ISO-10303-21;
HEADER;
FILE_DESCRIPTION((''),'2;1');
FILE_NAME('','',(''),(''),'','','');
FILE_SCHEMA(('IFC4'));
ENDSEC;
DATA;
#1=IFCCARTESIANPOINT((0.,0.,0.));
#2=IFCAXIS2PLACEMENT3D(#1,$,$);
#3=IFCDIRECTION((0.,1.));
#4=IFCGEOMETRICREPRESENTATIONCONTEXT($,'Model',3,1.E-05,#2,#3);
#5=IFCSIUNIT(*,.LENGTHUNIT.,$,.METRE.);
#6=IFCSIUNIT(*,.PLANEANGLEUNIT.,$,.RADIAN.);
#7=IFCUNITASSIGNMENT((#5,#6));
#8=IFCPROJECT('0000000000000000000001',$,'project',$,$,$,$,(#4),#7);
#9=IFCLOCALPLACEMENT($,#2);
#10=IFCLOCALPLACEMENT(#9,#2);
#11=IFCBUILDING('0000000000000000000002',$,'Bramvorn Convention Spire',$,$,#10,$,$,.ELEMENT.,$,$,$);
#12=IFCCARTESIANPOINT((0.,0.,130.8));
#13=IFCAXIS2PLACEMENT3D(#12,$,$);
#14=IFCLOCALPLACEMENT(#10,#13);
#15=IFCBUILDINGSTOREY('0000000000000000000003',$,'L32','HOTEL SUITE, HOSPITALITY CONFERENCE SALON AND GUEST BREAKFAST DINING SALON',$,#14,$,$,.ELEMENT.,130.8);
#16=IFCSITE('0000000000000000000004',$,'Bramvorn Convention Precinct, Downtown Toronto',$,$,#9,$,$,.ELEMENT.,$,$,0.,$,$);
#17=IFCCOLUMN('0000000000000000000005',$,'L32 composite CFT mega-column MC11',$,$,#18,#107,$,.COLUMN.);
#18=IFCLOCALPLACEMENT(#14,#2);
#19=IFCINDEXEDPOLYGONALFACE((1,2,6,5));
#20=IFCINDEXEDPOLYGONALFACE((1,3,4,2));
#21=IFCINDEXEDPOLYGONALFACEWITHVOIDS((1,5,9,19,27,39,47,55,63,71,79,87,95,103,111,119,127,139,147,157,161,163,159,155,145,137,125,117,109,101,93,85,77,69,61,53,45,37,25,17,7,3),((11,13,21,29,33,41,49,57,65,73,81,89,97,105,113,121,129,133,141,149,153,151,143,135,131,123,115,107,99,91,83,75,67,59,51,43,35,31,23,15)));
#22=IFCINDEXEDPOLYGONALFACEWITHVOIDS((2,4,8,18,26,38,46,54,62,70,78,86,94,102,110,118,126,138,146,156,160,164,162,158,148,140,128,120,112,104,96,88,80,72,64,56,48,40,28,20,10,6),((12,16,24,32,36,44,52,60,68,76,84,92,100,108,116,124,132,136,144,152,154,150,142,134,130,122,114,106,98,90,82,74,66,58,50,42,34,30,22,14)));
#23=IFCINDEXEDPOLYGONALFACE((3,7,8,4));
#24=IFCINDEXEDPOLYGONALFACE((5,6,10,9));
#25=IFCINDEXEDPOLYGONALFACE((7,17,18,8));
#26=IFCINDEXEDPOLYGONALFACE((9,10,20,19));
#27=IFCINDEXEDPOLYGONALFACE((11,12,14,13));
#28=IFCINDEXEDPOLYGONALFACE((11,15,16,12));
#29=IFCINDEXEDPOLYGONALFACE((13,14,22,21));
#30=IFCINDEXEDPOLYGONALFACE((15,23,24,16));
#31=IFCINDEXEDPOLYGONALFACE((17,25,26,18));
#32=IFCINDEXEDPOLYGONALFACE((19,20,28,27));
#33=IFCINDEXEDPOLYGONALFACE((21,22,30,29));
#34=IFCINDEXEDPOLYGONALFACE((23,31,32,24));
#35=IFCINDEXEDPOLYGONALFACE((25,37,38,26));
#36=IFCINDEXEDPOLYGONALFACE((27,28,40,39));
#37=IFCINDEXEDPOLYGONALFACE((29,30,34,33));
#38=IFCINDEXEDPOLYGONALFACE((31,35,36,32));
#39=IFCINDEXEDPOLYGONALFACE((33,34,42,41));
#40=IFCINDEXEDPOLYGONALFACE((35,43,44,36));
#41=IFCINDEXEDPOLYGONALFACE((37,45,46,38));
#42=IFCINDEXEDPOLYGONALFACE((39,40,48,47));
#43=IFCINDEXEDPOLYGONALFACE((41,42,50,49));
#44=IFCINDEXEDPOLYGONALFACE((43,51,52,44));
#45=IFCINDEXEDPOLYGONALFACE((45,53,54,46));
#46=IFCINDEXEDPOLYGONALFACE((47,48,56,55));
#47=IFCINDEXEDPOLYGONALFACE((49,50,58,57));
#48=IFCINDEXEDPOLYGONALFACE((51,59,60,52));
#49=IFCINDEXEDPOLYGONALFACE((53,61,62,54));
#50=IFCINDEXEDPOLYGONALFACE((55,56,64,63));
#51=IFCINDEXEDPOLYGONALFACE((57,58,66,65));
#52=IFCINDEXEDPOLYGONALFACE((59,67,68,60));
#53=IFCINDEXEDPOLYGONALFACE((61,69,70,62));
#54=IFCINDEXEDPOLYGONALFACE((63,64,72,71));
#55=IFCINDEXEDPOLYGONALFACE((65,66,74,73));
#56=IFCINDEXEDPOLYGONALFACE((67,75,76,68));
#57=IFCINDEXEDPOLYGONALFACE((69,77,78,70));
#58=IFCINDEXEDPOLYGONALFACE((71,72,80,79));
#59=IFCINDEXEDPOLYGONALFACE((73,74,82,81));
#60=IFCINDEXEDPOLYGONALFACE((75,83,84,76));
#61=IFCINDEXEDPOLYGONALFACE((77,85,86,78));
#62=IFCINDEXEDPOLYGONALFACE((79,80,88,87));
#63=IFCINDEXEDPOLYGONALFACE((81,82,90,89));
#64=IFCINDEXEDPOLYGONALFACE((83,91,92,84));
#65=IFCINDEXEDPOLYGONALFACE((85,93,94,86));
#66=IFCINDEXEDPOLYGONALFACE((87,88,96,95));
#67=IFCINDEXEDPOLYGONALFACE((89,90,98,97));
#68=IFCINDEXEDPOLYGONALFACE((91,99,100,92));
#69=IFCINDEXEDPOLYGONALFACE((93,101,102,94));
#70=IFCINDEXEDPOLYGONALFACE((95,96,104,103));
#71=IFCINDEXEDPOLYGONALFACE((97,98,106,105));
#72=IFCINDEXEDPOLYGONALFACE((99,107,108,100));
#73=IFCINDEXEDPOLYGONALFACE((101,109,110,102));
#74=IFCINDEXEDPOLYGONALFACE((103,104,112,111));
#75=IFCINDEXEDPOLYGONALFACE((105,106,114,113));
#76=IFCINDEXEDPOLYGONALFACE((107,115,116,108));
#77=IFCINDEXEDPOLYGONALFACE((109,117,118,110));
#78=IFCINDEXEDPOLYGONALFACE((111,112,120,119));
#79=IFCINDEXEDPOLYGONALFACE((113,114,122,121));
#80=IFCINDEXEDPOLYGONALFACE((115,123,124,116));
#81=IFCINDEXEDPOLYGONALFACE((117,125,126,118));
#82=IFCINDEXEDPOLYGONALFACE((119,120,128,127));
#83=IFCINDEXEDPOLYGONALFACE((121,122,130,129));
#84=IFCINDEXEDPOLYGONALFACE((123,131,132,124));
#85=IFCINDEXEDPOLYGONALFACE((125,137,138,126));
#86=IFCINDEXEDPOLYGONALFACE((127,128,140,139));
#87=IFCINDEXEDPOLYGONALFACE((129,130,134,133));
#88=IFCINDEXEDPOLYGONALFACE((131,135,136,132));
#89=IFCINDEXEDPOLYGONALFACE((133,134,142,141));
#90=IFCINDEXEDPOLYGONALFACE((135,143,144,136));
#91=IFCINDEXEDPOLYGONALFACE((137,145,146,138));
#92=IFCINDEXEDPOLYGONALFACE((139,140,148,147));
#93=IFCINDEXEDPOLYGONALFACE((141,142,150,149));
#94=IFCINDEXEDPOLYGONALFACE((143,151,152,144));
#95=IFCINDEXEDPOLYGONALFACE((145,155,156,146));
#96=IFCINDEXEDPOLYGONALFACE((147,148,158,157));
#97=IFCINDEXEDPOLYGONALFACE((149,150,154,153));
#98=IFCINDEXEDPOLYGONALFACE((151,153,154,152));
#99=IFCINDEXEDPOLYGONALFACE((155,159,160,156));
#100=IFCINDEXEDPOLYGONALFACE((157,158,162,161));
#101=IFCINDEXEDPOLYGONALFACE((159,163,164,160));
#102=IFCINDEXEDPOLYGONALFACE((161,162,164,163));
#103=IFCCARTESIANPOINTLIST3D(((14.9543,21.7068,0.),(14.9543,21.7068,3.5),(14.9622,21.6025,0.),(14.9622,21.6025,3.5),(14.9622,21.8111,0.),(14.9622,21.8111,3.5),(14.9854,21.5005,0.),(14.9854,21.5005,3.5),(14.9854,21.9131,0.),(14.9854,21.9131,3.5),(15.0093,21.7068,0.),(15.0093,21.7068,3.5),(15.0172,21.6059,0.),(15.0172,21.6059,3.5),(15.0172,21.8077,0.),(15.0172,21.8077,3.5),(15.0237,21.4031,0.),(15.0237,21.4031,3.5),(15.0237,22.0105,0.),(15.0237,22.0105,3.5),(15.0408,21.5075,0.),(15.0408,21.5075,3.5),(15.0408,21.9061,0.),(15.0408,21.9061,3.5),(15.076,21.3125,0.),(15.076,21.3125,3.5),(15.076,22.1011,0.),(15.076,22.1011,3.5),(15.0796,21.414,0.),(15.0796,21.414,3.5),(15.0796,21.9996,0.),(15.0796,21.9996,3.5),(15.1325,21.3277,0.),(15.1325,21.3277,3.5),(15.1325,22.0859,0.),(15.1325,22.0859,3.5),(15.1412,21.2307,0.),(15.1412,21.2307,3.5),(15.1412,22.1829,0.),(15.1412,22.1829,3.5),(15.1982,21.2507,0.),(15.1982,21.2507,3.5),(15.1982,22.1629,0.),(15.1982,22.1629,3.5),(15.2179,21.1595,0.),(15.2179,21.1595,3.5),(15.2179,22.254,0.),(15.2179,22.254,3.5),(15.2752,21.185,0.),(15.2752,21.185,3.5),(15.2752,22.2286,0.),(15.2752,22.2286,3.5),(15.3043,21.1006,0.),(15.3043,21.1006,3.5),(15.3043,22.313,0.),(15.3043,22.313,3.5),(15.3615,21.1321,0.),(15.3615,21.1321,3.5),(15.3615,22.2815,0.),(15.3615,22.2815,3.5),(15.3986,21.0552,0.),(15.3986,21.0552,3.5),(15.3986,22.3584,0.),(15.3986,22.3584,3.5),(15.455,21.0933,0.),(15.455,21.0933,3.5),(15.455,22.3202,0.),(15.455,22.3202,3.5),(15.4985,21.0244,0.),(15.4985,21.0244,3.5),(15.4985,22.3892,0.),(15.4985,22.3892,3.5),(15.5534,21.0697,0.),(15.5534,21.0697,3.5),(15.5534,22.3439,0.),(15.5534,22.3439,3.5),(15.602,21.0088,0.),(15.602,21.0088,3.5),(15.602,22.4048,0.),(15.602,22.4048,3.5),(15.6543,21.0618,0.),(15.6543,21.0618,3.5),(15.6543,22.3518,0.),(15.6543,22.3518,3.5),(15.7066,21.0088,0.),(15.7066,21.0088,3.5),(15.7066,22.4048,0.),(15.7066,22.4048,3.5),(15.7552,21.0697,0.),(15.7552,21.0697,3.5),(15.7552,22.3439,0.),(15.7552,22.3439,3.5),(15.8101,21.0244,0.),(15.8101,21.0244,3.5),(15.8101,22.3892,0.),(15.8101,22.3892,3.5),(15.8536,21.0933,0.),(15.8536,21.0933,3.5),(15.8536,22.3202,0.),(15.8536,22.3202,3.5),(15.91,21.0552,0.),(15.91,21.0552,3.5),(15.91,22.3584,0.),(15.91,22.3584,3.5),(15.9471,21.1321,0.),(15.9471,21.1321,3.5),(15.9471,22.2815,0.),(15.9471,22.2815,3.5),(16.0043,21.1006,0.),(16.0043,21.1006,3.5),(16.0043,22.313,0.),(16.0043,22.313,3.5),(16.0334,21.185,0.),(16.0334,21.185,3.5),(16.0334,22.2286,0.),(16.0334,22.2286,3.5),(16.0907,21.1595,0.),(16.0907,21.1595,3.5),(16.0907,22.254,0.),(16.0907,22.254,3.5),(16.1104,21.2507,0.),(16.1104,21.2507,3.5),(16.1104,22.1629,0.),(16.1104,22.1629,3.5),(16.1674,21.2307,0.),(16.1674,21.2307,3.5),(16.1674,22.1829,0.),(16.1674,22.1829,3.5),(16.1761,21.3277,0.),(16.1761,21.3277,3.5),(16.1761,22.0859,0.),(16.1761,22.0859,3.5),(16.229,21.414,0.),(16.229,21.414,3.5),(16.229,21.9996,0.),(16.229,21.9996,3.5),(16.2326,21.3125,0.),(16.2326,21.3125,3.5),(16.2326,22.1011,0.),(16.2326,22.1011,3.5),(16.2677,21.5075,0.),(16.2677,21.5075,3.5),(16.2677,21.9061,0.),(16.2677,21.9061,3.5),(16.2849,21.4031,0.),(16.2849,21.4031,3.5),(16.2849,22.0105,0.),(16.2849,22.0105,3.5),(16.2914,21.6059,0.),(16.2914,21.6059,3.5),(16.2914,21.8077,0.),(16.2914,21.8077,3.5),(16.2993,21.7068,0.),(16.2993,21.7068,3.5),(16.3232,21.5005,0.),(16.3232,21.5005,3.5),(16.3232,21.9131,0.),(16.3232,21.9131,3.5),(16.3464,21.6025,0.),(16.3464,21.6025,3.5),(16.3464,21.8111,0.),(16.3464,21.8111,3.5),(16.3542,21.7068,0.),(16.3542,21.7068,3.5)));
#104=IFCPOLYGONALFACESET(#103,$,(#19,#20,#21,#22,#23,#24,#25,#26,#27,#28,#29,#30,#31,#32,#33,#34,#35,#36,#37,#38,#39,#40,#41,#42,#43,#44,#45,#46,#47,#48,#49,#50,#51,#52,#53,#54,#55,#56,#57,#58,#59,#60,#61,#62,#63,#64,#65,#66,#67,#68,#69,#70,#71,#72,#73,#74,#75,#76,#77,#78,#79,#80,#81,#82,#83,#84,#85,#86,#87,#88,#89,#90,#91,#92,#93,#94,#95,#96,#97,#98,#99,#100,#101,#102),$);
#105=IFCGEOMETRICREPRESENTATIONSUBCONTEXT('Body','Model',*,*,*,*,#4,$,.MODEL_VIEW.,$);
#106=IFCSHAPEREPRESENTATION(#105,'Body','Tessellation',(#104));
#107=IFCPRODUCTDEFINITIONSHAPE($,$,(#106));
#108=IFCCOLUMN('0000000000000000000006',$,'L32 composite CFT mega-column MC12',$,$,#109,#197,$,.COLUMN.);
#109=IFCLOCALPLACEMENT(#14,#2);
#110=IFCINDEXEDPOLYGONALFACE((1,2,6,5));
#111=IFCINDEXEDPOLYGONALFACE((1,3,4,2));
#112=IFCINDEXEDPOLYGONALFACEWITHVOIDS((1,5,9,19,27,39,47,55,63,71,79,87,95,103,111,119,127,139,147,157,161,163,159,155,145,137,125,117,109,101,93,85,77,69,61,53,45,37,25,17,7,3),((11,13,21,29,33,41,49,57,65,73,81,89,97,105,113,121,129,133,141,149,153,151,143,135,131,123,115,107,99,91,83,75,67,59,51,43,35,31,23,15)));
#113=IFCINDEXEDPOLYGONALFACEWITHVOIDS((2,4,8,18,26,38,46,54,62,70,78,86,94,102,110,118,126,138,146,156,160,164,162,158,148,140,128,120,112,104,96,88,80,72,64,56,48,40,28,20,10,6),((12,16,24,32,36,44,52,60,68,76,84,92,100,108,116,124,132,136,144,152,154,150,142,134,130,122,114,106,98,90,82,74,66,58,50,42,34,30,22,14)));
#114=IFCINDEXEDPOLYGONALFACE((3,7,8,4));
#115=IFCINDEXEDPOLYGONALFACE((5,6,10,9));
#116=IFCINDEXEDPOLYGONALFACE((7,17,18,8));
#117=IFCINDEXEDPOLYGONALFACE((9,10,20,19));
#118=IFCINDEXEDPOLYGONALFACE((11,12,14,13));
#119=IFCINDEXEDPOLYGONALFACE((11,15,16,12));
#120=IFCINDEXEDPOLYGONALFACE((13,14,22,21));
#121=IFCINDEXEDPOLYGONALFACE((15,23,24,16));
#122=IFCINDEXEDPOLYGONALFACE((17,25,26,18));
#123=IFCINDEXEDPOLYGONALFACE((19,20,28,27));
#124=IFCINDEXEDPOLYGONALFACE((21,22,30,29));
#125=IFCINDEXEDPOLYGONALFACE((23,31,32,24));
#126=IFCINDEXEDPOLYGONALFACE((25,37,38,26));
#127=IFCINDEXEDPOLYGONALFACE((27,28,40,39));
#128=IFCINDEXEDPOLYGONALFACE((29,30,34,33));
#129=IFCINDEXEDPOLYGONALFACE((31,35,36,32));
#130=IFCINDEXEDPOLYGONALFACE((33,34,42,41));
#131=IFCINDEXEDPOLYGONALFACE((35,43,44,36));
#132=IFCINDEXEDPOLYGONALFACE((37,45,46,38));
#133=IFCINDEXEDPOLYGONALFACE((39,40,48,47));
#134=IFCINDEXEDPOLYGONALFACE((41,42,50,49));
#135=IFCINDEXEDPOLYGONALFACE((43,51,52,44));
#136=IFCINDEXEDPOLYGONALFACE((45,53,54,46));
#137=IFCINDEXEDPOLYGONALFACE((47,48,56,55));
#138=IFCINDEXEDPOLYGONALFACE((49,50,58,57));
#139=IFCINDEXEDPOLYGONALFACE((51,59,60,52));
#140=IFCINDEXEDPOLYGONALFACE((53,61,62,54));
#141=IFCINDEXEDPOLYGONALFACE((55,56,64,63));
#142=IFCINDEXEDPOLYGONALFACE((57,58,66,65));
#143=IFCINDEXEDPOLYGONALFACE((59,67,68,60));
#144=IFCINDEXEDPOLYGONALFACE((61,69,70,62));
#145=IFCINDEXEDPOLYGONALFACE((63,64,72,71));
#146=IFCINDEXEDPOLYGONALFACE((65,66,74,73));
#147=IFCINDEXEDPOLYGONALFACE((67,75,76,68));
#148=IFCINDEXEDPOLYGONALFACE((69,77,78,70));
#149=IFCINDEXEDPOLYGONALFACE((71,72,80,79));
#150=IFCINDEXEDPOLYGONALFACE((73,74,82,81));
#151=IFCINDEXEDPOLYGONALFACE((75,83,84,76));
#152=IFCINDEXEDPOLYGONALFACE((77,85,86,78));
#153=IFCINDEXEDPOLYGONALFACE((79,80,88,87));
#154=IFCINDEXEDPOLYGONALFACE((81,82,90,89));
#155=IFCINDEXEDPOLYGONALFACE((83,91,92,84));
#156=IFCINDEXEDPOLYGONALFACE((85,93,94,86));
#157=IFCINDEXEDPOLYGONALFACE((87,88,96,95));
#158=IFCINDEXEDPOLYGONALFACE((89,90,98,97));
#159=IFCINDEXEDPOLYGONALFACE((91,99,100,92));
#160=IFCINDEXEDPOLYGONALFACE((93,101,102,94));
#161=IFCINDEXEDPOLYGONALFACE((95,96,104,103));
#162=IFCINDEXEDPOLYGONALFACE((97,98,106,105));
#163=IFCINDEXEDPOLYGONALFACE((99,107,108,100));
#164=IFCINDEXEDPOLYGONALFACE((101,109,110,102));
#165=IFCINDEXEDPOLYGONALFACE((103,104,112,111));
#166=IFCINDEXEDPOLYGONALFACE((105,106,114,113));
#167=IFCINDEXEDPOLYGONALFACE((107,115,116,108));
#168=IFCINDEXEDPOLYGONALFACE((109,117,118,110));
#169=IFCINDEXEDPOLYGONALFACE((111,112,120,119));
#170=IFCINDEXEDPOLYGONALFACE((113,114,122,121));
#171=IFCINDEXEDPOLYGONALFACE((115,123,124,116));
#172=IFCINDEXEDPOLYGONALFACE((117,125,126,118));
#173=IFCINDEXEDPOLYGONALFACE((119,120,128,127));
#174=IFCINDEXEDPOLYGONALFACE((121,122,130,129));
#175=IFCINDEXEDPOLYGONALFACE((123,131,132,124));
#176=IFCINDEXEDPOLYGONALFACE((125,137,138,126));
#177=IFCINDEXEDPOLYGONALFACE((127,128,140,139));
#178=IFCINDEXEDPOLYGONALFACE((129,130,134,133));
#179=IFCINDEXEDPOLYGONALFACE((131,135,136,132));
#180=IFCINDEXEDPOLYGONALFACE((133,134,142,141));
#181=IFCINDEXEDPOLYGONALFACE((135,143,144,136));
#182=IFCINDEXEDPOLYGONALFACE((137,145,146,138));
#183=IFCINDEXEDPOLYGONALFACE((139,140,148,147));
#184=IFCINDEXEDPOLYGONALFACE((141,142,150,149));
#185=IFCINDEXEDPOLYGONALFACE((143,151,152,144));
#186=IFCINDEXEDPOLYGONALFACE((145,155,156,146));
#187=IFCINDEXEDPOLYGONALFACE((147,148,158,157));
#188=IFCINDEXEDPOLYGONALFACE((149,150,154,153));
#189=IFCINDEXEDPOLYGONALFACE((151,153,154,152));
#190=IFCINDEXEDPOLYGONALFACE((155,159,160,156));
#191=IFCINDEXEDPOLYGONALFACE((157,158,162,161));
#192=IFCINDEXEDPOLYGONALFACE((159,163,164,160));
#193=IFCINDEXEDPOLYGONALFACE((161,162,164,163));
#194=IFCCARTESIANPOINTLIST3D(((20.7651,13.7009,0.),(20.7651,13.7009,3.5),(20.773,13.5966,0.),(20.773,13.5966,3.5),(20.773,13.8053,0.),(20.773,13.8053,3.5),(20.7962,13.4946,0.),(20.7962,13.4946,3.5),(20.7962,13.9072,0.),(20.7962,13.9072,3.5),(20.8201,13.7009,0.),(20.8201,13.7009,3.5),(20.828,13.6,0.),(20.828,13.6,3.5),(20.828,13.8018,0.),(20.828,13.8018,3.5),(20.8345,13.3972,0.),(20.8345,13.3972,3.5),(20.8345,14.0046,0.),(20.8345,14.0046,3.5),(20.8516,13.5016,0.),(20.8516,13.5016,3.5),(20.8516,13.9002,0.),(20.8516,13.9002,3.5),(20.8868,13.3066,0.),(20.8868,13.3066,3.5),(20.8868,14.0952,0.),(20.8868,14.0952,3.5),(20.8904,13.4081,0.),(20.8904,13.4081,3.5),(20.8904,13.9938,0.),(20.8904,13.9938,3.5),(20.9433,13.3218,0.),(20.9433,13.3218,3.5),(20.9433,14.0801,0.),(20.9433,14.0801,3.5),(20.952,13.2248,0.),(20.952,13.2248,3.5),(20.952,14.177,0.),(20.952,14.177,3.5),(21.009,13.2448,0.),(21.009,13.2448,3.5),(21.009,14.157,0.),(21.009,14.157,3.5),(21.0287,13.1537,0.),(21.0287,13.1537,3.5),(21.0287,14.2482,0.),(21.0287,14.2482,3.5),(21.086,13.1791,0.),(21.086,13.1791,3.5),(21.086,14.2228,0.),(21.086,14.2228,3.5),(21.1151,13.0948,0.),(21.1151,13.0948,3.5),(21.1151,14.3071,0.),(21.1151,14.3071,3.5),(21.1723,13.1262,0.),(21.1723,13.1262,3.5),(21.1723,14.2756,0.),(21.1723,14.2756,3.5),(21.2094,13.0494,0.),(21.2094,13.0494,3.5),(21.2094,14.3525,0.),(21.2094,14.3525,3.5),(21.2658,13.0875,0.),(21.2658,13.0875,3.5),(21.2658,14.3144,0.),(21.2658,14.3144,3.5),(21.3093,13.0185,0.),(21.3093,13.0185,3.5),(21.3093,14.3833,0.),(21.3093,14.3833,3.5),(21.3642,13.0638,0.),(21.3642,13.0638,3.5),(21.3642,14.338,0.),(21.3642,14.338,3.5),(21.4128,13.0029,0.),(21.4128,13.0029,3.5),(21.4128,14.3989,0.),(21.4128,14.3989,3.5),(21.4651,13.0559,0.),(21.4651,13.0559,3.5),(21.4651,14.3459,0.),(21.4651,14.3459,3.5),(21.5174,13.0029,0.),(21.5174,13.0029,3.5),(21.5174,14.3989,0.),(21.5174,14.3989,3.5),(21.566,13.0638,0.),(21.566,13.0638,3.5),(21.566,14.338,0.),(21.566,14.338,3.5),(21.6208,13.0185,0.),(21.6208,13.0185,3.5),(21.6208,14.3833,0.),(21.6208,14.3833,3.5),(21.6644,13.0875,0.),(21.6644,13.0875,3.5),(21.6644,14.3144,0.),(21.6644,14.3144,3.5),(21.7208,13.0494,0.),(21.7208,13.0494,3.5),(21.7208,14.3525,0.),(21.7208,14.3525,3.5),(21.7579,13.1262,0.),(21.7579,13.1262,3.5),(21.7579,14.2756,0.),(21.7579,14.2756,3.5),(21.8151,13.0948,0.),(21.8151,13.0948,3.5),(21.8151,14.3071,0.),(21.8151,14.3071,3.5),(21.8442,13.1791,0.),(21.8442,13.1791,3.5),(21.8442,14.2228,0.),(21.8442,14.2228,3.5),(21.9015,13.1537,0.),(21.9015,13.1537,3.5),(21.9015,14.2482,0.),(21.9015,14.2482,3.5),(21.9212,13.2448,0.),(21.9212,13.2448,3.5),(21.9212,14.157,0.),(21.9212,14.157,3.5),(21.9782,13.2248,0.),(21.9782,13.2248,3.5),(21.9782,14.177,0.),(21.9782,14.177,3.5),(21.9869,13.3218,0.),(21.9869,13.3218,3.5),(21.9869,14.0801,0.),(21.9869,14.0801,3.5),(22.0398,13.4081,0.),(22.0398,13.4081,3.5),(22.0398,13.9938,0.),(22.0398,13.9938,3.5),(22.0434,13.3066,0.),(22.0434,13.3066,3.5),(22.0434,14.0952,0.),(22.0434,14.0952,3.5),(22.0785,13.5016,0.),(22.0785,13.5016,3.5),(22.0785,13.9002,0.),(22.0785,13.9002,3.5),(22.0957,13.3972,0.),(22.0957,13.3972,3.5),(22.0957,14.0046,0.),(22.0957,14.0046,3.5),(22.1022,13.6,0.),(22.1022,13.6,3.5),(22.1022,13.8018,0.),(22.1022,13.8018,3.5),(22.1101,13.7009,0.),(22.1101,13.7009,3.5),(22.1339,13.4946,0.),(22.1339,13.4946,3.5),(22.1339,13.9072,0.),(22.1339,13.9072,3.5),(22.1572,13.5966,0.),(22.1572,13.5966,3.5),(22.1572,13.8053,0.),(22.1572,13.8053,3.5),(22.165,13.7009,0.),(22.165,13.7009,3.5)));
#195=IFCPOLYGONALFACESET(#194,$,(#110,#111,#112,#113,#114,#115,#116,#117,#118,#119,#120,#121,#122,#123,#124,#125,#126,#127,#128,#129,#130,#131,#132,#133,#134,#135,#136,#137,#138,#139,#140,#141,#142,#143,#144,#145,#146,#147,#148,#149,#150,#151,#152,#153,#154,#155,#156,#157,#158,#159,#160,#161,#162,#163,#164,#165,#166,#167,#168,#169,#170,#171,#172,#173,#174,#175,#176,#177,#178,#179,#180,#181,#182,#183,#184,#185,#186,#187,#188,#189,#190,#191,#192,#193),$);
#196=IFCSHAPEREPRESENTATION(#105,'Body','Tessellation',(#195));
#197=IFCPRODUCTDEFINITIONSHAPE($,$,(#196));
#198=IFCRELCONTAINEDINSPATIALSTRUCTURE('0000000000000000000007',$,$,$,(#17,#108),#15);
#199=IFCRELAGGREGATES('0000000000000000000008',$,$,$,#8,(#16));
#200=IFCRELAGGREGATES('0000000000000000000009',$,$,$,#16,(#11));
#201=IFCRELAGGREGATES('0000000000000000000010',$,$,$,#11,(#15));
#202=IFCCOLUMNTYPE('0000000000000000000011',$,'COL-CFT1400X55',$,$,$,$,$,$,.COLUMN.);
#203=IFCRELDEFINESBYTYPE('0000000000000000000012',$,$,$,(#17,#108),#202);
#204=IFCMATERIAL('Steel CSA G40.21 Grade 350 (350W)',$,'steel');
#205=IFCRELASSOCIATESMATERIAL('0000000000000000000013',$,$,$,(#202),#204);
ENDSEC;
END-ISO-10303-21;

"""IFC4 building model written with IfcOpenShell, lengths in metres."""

from ifc_helpers import new_model, si_unit, direction, frame, origin, origin_2d, place, context, subcontext, project, spatial, hollow_circle, extrude, material, material_profile, profile_set, type_object, element, save


model = new_model("IFC4")

# Units and contexts
model_context = context("Model", 3, precision=1e-05, world=origin(), true_north=direction((0.0, 1.0)))
body_context = subcontext(model_context, "Body", "Model", "MODEL_VIEW")
ifc_project = project(units=[si_unit("LENGTHUNIT", "METRE"), si_unit("PLANEANGLEUNIT", "RADIAN")], contexts=[model_context])

# Site, building, storey
site_placement = place(None, origin())
site = spatial("IfcSite", under=ifc_project, at=site_placement, Name="Bramvorn Convention Precinct, Downtown Toronto", CompositionType="ELEMENT", RefElevation=0.0)
building_placement = place(site_placement, origin())
building = spatial("IfcBuilding", under=site, at=building_placement, Name="Bramvorn Convention Spire", CompositionType="ELEMENT")
storey_placement = place(building_placement, frame((0.0, 0.0, 130.8)))
storey = spatial("IfcBuildingStorey", under=building, at=storey_placement, Name="L32", Description="HOTEL SUITE, HOSPITALITY CONFERENCE SALON AND GUEST BREAKFAST DINING SALON", CompositionType="ELEMENT", Elevation=130.8)

# Columns
ifc_material_1 = material(Name="Steel CSA G40.21 Grade 350 (350W)", Category="steel")
ifc_material_profile_1 = material_profile(ifc_material_1, hollow_circle(Radius=0.7, WallThickness=0.0549, at=origin_2d()))
ifc_profile_set_1 = profile_set([ifc_material_profile_1], Name="Steel CSA G40.21 Grade 350 (350W) - CFT1400X55")
column_type = type_object("IfcColumnType", Name="COL-CFT1400X55", PredefinedType="COLUMN", material=ifc_profile_set_1)
for number, where, z_axis, x_axis, name in (
    (1, (15.6543, 21.7068, 0.0), (0.0, 0.0, 1.0), (1.0, 0.0, 0.0), "L32 composite CFT mega-column MC11"),
    (2, (21.4651, 13.7009, 0.0), (0.0, 0.0, 1.0), (1.0, 0.0, 0.0), "L32 composite CFT mega-column MC12"),
):
    element("IfcColumn", number, at=place(storey_placement, frame(where, z_axis=z_axis, x_axis=x_axis)), inside=storey, type_object=column_type, Name=name, PredefinedType="COLUMN", context=body_context, shape_type="SweptSolid", body=[
        extrude(hollow_circle(Radius=0.7, WallThickness=0.0549, at=origin_2d()), origin(), (0.0, 0.0, 1.0), 3.5),
    ])

save(model, "model.ifc")
